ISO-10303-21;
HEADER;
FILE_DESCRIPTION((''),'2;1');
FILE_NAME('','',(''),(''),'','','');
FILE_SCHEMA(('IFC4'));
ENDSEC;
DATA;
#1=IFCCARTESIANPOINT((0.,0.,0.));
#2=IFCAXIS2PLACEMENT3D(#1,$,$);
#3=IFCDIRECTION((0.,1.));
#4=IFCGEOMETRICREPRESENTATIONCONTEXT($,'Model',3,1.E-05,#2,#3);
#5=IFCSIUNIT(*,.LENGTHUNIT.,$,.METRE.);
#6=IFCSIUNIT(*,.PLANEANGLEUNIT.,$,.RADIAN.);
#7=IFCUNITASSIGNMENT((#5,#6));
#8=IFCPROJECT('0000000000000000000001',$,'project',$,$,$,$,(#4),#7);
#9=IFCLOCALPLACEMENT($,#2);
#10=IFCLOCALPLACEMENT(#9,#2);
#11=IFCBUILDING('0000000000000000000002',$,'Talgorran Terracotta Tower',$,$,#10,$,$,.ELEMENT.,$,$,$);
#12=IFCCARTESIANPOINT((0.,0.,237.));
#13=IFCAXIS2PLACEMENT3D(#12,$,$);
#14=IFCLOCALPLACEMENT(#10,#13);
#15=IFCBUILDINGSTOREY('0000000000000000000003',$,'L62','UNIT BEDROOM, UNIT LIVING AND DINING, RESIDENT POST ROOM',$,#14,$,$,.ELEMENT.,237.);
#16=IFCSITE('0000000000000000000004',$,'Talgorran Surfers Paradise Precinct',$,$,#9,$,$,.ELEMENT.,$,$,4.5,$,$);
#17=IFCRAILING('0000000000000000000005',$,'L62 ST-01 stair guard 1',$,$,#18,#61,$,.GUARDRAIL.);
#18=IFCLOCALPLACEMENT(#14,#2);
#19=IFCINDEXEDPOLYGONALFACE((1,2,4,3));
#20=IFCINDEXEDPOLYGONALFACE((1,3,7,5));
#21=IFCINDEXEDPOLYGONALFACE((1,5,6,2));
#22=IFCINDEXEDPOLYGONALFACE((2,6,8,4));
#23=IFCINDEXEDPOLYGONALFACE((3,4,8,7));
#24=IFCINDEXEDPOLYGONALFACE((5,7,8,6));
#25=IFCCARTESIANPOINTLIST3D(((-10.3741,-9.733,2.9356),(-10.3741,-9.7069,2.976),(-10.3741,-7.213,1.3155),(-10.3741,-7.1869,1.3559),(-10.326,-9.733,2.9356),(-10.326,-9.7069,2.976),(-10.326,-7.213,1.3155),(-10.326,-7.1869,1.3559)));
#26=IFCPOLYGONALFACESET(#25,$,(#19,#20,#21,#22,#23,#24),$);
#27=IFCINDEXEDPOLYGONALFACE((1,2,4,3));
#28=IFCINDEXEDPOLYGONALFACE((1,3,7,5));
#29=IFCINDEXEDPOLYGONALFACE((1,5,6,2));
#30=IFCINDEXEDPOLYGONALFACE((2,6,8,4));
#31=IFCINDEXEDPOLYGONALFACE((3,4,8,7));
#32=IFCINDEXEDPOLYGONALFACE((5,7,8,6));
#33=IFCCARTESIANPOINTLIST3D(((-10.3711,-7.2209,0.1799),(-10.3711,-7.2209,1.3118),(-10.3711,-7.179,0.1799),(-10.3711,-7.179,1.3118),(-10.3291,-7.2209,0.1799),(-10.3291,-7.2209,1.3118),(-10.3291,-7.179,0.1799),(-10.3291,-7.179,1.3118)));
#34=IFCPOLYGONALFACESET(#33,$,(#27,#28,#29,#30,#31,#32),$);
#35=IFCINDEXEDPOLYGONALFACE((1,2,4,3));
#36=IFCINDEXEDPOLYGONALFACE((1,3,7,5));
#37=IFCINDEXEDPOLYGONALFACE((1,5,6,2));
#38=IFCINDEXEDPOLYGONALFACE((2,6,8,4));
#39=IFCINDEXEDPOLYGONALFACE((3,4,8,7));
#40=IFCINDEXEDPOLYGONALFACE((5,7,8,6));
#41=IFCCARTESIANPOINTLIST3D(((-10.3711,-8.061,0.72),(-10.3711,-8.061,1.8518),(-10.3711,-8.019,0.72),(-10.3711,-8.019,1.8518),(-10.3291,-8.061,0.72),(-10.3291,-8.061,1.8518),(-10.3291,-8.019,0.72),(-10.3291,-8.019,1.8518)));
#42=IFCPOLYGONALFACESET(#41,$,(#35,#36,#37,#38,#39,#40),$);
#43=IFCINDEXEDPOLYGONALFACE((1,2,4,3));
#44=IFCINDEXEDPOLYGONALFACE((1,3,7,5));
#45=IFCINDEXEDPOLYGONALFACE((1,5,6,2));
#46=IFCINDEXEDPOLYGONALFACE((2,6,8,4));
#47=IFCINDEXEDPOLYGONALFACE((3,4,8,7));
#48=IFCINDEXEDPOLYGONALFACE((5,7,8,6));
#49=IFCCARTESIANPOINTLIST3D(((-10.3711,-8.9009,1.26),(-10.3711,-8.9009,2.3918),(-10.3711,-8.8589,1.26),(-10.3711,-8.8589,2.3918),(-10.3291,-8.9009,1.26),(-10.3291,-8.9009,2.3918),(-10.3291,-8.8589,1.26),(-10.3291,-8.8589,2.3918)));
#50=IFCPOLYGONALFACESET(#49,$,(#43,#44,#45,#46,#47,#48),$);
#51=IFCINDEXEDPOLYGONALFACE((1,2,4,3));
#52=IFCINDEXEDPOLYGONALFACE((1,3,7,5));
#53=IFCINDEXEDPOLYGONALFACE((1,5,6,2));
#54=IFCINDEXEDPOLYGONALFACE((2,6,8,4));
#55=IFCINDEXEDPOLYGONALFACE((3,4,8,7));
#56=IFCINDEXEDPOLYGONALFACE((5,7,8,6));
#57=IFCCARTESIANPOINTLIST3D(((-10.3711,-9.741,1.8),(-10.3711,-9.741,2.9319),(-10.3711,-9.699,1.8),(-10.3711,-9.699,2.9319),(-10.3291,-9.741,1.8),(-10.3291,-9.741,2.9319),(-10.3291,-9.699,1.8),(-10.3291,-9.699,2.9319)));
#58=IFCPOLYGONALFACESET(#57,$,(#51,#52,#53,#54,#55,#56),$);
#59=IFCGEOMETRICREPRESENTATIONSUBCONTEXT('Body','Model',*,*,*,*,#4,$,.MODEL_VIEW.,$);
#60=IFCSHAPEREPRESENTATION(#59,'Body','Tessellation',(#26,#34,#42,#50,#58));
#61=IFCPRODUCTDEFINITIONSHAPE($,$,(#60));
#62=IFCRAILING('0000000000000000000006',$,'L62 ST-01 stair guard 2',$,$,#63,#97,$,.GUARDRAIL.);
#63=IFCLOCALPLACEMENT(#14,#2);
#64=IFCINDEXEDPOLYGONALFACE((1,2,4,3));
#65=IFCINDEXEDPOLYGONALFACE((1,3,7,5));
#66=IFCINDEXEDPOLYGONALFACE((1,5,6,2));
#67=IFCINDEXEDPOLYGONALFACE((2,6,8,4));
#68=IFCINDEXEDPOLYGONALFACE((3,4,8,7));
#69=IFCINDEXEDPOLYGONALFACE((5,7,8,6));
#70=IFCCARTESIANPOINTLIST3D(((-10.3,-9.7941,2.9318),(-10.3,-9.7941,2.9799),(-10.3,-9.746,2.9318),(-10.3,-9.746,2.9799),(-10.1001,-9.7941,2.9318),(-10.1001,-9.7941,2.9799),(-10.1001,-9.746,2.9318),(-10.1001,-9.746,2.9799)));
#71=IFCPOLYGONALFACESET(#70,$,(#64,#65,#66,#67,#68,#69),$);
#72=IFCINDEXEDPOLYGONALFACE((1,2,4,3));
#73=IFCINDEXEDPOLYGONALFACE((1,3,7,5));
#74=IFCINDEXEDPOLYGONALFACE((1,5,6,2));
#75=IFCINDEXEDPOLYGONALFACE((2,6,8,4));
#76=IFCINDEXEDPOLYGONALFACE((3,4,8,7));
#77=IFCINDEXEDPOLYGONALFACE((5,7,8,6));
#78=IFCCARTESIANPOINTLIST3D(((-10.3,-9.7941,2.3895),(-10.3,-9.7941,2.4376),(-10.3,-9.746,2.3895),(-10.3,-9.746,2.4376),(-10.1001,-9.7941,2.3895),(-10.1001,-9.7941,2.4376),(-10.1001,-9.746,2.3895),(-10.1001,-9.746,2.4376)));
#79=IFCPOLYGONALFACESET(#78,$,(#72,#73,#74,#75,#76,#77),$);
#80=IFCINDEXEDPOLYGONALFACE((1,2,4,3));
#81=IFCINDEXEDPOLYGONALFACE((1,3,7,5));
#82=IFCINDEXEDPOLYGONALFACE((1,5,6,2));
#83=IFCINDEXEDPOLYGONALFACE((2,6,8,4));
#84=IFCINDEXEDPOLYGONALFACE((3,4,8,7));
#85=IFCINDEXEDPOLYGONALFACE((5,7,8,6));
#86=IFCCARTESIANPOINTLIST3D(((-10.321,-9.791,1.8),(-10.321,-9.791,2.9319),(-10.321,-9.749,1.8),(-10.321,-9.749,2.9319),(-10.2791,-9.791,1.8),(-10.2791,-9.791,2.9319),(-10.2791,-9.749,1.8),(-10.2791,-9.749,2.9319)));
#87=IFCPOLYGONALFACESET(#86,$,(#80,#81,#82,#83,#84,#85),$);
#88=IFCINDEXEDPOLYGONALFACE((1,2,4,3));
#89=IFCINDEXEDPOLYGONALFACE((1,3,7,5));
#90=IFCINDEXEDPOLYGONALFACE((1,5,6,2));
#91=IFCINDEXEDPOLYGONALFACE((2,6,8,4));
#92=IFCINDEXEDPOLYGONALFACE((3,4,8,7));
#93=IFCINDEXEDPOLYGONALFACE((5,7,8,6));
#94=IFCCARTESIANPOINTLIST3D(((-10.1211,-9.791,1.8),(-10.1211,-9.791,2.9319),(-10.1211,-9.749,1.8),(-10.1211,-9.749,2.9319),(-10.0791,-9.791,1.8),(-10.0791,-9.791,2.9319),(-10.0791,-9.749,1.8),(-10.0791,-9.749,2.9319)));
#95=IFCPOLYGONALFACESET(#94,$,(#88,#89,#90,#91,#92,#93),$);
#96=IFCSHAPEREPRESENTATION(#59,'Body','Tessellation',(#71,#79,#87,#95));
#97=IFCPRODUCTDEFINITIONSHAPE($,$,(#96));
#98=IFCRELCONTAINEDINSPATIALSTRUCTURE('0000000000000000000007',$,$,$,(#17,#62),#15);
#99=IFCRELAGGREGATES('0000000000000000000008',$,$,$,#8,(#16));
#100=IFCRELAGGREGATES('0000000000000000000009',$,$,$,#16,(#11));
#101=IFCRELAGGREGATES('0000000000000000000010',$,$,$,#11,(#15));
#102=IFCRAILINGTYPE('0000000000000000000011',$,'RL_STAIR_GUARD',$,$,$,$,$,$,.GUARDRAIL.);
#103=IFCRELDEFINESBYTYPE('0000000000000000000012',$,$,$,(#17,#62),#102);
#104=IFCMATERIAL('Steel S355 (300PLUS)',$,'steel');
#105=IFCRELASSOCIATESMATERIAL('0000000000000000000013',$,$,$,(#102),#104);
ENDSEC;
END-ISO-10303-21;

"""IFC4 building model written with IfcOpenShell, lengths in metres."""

from ifc_helpers import new_model, si_unit, direction, frame, origin, origin_2d, place, context, subcontext, project, spatial, rectangle, extrude, material, type_object, element, save


model = new_model("IFC4")

# Units and contexts
model_context = context("Model", 3, precision=1e-05, world=origin(), true_north=direction((0.0, 1.0)))
body_context = subcontext(model_context, "Body", "Model", "MODEL_VIEW")
ifc_project = project(units=[si_unit("LENGTHUNIT", "METRE"), si_unit("PLANEANGLEUNIT", "RADIAN")], contexts=[model_context])

# Site, building, storey
site_placement = place(None, origin())
site = spatial("IfcSite", under=ifc_project, at=site_placement, Name="Talgorran Surfers Paradise Precinct", CompositionType="ELEMENT", RefElevation=4.5)
building_placement = place(site_placement, origin())
building = spatial("IfcBuilding", under=site, at=building_placement, Name="Talgorran Terracotta Tower", CompositionType="ELEMENT")
storey_placement = place(building_placement, frame((0.0, 0.0, 237.0)))
storey = spatial("IfcBuildingStorey", under=building, at=storey_placement, Name="L62", Description="UNIT BEDROOM, UNIT LIVING AND DINING, RESIDENT POST ROOM", CompositionType="ELEMENT", Elevation=237.0)

# Shared definitions
ifc_material_1 = material(Name="Steel S355 (300PLUS)", Category="steel")

# Railings
railing_type_1 = type_object("IfcRailingType", Name="RL_STAIR_GUARD", PredefinedType="GUARDRAIL", material=ifc_material_1)
railing_1_placement = place(storey_placement, frame((-10.3501, -7.2, 0.1799)))
element("IfcRailing", 1, at=railing_1_placement, inside=storey, type_object=railing_type_1, Name="L62 ST-01 stair guard 1", PredefinedType="GUARDRAIL", context=body_context, shape_type="SweptSolid", body=[
    extrude(rectangle(XDim=0.0481, YDim=0.0481, at=origin_2d()), frame((0.0, 0.0, 1.1558), z_axis=(0.0, -0.841163, 0.540782), x_axis=(1.0, 0.0, 0.0)), (0.0, 0.0, 1.0), 2.9958),
    extrude(rectangle(XDim=0.042, YDim=0.042, at=origin_2d()), origin(), (0.0, 0.0, 1.0), 1.1318),
    extrude(rectangle(XDim=0.042, YDim=0.042, at=origin_2d()), frame((0.0, -0.8401, 0.54)), (0.0, 0.0, 1.0), 1.1318),
    extrude(rectangle(XDim=0.042, YDim=0.042, at=origin_2d()), frame((0.0, -1.6799, 1.0801)), (0.0, 0.0, 1.0), 1.1318),
    extrude(rectangle(XDim=0.042, YDim=0.042, at=origin_2d()), frame((0.0, -2.52, 1.6201)), (0.0, 0.0, 1.0), 1.1318),
])
railing_2_placement = place(storey_placement, frame((-10.3, -9.77, 1.8)))
element("IfcRailing", 2, at=railing_2_placement, inside=storey, type_object=railing_type_1, Name="L62 ST-01 stair guard 2", PredefinedType="GUARDRAIL", context=body_context, shape_type="SweptSolid", body=[
    extrude(rectangle(XDim=0.0481, YDim=0.0481, at=origin_2d()), frame((0.0, 0.0, 1.1558), z_axis=(1.0, 0.0, 0.0), x_axis=(0.0, 1.0, 0.0)), (0.0, 0.0, 1.0), 0.2),
    extrude(rectangle(XDim=0.0481, YDim=0.0481, at=origin_2d()), frame((0.0, 0.0, 0.6135), z_axis=(1.0, 0.0, 0.0), x_axis=(0.0, 1.0, 0.0)), (0.0, 0.0, 1.0), 0.2),
    extrude(rectangle(XDim=0.042, YDim=0.042, at=origin_2d()), origin(), (0.0, 0.0, 1.0), 1.1318),
    extrude(rectangle(XDim=0.042, YDim=0.042, at=origin_2d()), frame((0.2, 0.0, 0.0)), (0.0, 0.0, 1.0), 1.1318),
])

save(model, "model.ifc")
